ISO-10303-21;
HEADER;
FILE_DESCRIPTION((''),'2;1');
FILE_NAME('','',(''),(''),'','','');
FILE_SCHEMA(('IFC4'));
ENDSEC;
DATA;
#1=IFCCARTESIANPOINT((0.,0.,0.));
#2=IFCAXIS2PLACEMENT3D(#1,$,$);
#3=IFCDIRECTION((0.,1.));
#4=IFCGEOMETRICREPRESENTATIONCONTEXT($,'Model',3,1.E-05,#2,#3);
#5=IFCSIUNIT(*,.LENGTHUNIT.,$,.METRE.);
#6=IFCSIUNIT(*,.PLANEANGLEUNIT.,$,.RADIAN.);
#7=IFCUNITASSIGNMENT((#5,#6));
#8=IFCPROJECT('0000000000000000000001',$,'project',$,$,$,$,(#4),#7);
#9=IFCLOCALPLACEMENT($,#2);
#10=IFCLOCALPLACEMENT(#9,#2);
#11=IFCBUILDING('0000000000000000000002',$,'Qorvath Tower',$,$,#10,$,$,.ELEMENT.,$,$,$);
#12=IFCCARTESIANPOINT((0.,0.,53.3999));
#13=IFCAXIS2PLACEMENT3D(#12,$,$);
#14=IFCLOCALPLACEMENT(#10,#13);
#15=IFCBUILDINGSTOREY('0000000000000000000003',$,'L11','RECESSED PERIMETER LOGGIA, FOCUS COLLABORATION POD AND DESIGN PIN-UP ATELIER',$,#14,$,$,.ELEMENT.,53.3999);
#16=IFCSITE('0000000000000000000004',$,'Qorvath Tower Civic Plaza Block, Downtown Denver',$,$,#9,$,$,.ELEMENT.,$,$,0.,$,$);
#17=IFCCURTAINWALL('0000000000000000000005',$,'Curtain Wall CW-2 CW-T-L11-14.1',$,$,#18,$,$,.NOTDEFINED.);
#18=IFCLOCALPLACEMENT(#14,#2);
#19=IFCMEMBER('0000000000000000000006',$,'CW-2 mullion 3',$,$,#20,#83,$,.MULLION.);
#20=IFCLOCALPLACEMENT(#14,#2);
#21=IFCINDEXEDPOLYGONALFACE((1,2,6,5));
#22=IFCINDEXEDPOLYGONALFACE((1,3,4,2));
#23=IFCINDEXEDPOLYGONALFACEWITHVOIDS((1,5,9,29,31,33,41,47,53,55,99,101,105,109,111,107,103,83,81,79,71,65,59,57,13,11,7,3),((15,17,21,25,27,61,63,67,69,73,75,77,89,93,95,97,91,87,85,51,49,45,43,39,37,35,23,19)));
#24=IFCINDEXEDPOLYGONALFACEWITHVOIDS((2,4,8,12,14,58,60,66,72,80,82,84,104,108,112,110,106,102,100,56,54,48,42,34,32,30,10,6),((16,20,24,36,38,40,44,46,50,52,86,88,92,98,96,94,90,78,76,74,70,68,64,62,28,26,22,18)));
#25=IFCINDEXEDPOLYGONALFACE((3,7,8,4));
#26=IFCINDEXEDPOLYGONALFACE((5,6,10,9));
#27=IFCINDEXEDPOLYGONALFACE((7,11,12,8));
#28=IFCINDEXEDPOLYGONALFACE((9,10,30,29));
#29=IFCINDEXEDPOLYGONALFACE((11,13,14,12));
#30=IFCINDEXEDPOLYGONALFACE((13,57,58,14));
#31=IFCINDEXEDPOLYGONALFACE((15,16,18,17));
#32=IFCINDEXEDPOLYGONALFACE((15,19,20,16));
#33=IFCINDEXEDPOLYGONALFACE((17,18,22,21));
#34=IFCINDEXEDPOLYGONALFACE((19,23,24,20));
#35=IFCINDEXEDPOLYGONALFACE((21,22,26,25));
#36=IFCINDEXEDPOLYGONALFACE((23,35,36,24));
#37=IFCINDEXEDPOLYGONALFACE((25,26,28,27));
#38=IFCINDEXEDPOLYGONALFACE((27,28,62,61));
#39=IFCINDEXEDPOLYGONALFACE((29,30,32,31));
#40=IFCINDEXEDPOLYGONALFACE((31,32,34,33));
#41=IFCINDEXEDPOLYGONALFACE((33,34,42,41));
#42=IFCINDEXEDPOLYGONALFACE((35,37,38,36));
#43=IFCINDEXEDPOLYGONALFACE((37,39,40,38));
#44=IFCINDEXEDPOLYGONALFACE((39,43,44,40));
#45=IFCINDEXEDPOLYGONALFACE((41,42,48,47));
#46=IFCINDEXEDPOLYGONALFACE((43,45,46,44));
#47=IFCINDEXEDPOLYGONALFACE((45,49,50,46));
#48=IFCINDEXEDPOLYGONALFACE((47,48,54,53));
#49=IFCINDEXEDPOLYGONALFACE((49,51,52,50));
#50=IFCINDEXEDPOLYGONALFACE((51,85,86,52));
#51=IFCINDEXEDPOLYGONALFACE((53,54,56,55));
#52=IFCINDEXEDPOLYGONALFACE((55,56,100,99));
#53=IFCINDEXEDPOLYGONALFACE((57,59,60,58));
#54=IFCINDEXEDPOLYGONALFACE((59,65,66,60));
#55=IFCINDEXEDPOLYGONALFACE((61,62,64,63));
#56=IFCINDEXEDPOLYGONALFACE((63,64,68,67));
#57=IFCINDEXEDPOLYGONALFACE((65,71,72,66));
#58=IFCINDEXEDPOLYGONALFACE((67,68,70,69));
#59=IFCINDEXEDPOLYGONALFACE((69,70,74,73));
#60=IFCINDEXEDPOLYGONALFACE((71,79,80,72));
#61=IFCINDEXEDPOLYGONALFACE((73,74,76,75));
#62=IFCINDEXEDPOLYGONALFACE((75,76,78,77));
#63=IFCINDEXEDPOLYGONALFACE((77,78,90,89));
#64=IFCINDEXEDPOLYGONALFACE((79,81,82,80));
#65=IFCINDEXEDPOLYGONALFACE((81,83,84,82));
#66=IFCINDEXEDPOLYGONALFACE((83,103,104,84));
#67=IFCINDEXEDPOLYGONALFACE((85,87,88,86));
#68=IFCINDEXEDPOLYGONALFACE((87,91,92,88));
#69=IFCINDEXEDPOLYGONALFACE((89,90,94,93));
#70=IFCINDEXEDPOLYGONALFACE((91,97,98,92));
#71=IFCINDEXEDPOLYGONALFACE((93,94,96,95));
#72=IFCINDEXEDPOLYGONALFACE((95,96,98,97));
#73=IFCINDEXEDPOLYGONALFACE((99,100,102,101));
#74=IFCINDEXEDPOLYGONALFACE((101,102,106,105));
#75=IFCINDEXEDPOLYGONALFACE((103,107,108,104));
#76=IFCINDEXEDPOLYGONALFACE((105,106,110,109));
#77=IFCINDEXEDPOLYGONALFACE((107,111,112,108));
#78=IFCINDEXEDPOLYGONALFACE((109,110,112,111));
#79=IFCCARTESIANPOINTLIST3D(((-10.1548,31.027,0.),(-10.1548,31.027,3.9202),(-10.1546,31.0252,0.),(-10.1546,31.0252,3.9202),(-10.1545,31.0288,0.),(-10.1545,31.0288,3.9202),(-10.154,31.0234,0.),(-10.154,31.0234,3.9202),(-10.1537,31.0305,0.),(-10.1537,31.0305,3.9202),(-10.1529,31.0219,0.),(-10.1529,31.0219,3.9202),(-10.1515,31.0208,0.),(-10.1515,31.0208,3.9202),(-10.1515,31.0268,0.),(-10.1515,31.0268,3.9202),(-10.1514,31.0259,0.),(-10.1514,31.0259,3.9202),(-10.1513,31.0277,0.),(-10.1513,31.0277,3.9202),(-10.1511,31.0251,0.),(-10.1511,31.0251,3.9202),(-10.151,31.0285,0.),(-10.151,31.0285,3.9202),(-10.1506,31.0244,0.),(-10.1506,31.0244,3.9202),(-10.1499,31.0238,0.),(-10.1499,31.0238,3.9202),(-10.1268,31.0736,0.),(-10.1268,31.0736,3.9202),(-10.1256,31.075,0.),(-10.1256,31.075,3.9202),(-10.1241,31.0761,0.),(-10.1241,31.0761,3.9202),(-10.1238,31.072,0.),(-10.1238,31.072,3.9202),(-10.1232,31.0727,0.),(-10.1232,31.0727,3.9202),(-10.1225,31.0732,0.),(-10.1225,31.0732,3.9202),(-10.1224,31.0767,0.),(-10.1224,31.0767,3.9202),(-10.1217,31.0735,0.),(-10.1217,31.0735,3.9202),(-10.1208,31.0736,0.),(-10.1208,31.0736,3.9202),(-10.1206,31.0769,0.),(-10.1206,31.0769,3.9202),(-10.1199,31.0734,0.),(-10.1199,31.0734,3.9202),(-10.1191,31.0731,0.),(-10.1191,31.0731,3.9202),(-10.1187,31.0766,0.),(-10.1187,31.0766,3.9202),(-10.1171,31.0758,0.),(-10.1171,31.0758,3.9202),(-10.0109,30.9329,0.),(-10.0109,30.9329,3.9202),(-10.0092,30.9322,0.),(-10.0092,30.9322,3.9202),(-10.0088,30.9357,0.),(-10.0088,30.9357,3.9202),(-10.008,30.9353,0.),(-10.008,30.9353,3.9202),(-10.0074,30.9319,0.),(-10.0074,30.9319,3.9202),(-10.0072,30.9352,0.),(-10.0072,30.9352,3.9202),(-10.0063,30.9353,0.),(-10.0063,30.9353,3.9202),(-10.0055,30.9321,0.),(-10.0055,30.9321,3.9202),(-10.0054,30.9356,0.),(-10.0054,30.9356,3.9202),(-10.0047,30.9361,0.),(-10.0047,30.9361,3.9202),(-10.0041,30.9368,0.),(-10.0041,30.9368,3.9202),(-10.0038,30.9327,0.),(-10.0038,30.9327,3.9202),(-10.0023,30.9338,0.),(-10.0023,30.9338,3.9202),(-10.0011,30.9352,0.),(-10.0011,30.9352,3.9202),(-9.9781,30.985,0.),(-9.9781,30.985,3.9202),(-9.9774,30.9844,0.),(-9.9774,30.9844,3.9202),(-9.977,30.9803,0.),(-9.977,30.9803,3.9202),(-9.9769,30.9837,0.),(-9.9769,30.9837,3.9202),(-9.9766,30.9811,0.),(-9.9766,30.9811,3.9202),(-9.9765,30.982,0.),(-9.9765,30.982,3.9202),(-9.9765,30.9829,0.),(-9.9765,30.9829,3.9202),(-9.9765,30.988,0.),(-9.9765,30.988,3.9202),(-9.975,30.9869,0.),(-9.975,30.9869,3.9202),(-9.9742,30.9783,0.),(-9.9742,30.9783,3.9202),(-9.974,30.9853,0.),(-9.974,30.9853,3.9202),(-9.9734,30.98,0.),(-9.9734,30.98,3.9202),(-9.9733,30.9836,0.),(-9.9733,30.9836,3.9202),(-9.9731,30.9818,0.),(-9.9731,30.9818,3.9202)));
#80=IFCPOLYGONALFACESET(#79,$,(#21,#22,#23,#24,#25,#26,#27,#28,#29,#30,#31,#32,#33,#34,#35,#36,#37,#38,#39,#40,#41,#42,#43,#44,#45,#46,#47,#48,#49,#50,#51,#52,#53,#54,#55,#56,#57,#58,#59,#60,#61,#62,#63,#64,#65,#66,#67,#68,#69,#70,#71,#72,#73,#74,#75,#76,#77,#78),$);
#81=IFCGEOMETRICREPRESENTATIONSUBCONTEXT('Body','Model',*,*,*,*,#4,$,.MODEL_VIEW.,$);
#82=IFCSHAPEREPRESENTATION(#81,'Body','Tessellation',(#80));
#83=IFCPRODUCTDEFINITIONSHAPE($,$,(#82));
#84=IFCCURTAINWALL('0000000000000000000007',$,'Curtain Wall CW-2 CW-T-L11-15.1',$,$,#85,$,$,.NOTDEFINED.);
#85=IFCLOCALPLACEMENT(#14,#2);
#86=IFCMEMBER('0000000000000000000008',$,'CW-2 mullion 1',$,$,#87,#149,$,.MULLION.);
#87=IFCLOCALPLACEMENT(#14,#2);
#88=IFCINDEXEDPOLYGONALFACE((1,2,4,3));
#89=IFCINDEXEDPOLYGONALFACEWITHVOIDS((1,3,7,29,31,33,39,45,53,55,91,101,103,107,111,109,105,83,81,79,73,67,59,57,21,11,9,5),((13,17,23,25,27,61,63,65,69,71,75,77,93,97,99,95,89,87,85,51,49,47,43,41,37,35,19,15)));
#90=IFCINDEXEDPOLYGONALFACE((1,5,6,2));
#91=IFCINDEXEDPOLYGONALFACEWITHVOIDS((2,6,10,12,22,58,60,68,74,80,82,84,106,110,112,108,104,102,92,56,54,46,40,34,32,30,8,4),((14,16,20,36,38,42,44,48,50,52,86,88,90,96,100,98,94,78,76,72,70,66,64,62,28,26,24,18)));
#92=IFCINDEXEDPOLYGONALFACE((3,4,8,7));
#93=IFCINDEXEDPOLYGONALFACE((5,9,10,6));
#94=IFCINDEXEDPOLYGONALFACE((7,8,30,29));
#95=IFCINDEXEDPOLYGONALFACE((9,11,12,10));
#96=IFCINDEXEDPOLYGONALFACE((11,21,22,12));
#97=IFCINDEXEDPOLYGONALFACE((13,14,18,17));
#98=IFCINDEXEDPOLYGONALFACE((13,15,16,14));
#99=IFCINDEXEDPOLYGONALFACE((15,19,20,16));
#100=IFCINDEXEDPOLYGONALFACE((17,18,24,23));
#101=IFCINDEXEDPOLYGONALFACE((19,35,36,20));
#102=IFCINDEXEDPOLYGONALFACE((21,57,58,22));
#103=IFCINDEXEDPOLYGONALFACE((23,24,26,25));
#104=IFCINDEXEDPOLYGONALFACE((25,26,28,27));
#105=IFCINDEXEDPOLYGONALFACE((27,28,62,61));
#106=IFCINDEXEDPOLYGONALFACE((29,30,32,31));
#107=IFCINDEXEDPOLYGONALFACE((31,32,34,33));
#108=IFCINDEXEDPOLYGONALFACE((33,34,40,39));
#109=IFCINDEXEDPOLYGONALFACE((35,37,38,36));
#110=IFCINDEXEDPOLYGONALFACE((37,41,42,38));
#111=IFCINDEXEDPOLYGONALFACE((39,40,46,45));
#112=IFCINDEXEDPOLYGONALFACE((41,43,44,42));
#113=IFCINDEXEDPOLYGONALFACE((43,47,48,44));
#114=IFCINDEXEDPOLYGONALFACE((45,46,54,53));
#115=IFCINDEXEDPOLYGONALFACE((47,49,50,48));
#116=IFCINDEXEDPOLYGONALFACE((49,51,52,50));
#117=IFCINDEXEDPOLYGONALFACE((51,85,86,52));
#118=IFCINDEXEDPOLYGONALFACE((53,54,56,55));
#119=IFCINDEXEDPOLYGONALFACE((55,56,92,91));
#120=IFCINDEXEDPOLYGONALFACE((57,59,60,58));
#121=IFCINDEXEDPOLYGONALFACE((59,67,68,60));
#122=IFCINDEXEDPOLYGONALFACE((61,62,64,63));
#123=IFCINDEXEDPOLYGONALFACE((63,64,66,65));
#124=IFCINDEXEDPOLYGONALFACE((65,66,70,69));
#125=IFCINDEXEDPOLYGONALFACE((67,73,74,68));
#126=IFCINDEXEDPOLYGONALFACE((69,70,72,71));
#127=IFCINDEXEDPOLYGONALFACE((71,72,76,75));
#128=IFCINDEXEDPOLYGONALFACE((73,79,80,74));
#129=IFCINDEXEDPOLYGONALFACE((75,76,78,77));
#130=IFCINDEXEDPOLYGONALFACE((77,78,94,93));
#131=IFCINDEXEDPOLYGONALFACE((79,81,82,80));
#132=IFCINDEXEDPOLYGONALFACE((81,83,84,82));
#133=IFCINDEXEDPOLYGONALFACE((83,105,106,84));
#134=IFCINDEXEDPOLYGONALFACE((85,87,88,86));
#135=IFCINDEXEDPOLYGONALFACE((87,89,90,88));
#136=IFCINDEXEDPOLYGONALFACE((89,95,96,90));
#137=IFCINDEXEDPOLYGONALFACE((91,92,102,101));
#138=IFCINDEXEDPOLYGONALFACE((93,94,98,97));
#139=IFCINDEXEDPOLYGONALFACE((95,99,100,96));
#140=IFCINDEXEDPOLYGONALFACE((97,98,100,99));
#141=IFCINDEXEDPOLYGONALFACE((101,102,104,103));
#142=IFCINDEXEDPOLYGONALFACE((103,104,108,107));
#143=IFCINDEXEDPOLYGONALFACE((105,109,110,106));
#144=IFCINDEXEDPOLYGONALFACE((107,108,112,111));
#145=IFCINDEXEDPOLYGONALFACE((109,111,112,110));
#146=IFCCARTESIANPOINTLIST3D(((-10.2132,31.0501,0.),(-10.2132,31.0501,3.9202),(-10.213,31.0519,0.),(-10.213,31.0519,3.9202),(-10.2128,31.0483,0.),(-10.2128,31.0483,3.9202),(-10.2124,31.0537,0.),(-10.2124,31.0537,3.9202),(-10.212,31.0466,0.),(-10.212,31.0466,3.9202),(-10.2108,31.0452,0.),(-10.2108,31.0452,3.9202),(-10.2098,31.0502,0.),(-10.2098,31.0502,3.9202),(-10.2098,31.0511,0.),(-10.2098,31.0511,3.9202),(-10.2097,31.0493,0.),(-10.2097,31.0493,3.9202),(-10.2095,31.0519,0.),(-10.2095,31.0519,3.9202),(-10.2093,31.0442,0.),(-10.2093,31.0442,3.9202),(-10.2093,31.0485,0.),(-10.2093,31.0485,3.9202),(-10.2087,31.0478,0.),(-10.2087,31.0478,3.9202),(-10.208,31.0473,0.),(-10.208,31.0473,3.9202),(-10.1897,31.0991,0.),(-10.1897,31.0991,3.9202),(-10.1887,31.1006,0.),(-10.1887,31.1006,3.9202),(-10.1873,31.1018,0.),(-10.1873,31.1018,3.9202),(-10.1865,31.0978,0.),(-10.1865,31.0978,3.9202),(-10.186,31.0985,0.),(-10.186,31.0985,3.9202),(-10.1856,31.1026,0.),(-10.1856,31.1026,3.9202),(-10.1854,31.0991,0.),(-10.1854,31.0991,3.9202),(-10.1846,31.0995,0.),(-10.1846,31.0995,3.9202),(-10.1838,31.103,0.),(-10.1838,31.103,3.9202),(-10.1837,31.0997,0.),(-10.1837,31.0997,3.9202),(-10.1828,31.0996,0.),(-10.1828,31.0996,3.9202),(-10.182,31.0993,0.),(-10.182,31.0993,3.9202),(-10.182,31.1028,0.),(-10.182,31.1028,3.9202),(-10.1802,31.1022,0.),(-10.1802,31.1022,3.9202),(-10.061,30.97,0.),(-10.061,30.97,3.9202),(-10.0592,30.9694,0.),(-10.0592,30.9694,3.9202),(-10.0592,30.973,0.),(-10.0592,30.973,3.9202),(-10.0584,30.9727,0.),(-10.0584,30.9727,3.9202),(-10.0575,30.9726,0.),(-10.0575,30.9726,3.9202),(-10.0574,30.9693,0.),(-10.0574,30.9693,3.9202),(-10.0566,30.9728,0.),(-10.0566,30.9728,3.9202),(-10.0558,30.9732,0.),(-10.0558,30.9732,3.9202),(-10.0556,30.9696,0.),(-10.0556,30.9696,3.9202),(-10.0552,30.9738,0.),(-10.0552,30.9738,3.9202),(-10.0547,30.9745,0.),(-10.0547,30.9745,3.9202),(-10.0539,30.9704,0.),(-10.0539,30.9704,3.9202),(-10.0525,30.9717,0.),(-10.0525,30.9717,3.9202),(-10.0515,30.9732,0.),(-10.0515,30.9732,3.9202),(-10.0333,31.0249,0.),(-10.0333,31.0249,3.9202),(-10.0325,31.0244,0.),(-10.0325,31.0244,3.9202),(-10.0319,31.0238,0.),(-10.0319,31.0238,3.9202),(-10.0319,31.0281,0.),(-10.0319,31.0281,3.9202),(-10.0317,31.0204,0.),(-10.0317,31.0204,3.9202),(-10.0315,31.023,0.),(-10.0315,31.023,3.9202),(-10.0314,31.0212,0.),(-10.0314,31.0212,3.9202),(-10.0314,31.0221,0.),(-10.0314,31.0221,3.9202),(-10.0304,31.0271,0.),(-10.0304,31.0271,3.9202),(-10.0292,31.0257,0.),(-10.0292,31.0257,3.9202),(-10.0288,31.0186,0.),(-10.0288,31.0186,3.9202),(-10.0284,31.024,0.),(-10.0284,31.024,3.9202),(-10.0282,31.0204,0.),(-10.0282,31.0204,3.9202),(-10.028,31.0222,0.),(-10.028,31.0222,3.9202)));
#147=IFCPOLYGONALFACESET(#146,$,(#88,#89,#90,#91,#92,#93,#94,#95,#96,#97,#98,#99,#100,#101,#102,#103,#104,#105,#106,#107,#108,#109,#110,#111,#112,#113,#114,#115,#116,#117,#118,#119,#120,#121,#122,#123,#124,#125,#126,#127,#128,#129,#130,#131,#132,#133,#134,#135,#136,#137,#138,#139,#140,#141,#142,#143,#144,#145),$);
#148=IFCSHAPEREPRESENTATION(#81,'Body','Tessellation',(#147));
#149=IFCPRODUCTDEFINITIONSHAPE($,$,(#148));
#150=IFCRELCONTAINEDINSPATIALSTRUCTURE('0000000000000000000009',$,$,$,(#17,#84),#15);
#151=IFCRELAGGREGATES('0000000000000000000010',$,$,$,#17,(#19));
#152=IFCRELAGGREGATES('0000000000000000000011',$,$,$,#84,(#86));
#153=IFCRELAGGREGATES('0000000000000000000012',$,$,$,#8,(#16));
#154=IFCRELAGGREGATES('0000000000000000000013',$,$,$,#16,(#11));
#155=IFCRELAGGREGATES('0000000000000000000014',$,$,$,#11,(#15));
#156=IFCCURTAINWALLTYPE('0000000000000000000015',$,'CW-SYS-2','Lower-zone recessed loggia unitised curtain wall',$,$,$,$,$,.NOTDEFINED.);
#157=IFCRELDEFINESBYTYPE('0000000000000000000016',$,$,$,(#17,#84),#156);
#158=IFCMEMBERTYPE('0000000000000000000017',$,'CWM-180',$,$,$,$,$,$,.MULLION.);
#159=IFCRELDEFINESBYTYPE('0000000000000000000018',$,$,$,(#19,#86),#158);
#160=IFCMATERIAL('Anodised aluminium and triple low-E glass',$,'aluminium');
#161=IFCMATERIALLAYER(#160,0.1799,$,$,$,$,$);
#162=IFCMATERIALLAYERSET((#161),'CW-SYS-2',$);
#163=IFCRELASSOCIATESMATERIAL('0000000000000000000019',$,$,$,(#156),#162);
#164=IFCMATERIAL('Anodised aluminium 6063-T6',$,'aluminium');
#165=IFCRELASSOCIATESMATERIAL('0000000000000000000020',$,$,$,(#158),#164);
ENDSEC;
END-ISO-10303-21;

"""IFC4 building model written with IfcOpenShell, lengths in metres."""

from ifc_helpers import new_model, si_unit, direction, frame, origin, origin_2d, place, context, subcontext, project, spatial, hollow_rectangle, extrude, material, layer, layer_set, material_profile, profile_set, type_object, element, aggregate, save


model = new_model("IFC4")

# Units and contexts
model_context = context("Model", 3, precision=1e-05, world=origin(), true_north=direction((0.0, 1.0)))
body_context = subcontext(model_context, "Body", "Model", "MODEL_VIEW")
ifc_project = project(units=[si_unit("LENGTHUNIT", "METRE"), si_unit("PLANEANGLEUNIT", "RADIAN")], contexts=[model_context])

# Site, building, storey
site_placement = place(None, origin())
site = spatial("IfcSite", under=ifc_project, at=site_placement, Name="Qorvath Tower Civic Plaza Block, Downtown Denver", CompositionType="ELEMENT", RefElevation=0.0)
building_placement = place(site_placement, origin())
building = spatial("IfcBuilding", under=site, at=building_placement, Name="Qorvath Tower", CompositionType="ELEMENT")
storey_placement = place(building_placement, frame((0.0, 0.0, 53.3999)))
storey = spatial("IfcBuildingStorey", under=building, at=storey_placement, Name="L11", Description="RECESSED PERIMETER LOGGIA, FOCUS COLLABORATION POD AND DESIGN PIN-UP ATELIER", CompositionType="ELEMENT", Elevation=53.3999)

# Shared definitions
ifc_material_1 = material(Name="Anodised aluminium and triple low-E glass", Category="aluminium")
ifc_layer_1 = layer(ifc_material_1, 0.1799)
ifc_layer_set_1 = layer_set([ifc_layer_1], Name="CW-SYS-2")
curtain_wall_type = type_object("IfcCurtainWallType", Name="CW-SYS-2", Description="Lower-zone recessed loggia unitised curtain wall", PredefinedType="NOTDEFINED", material=ifc_layer_set_1)
ifc_material_2 = material(Name="Anodised aluminium 6063-T6", Category="aluminium")
ifc_material_profile_1 = material_profile(ifc_material_2, hollow_rectangle(XDim=0.0649, YDim=0.1799, WallThickness=0.0034, InnerFilletRadius=0.0034, OuterFilletRadius=0.0071, at=origin_2d()), Name="CWM 180x65")
ifc_profile_set_1 = profile_set([ifc_material_profile_1], Name="Anodised aluminium 6063-T6")
member_type_1 = type_object("IfcMemberType", Name="CWM-180", PredefinedType="MULLION", material=ifc_profile_set_1)

# Curtain walls, members
curtain_wall_1_placement = place(storey_placement, origin())
curtain_wall_1 = element("IfcCurtainWall", 1, at=curtain_wall_1_placement, inside=storey, type_object=curtain_wall_type, Name="Curtain Wall CW-2 CW-T-L11-14.1", PredefinedType="NOTDEFINED")
member_1_placement = place(storey_placement, frame((-10.064, 31.0044, 0.0), z_axis=(0.0, 0.0, 1.0), x_axis=(-0.529724, -0.84817, 0.0)))
member_1 = element("IfcMember", 2, at=member_1_placement, type_object=member_type_1, Name="CW-2 mullion 3", PredefinedType="MULLION", context=body_context, shape_type="SweptSolid", body=[
    extrude(hollow_rectangle(XDim=0.0649, YDim=0.1799, WallThickness=0.0034, InnerFilletRadius=0.0034, OuterFilletRadius=0.0071, at=origin_2d()), origin(), (0.0, 0.0, 1.0), 3.9202),
])
curtain_wall_2_placement = place(storey_placement, origin())
curtain_wall_2 = element("IfcCurtainWall", 3, at=curtain_wall_2_placement, inside=storey, type_object=curtain_wall_type, Name="Curtain Wall CW-2 CW-T-L11-15.1", PredefinedType="NOTDEFINED")
member_2_placement = place(storey_placement, frame((-10.1206, 31.0361, 0.0), z_axis=(0.0, 0.0, 1.0), x_axis=(-0.447259, -0.894405, 0.0)))
member_2 = element("IfcMember", 4, at=member_2_placement, type_object=member_type_1, Name="CW-2 mullion 1", PredefinedType="MULLION", context=body_context, shape_type="SweptSolid", body=[
    extrude(hollow_rectangle(XDim=0.0649, YDim=0.1799, WallThickness=0.0034, InnerFilletRadius=0.0034, OuterFilletRadius=0.0071, at=origin_2d()), origin(), (0.0, 0.0, 1.0), 3.9202),
])

aggregate(curtain_wall_1, [member_1])
aggregate(curtain_wall_2, [member_2])

save(model, "model.ifc")
